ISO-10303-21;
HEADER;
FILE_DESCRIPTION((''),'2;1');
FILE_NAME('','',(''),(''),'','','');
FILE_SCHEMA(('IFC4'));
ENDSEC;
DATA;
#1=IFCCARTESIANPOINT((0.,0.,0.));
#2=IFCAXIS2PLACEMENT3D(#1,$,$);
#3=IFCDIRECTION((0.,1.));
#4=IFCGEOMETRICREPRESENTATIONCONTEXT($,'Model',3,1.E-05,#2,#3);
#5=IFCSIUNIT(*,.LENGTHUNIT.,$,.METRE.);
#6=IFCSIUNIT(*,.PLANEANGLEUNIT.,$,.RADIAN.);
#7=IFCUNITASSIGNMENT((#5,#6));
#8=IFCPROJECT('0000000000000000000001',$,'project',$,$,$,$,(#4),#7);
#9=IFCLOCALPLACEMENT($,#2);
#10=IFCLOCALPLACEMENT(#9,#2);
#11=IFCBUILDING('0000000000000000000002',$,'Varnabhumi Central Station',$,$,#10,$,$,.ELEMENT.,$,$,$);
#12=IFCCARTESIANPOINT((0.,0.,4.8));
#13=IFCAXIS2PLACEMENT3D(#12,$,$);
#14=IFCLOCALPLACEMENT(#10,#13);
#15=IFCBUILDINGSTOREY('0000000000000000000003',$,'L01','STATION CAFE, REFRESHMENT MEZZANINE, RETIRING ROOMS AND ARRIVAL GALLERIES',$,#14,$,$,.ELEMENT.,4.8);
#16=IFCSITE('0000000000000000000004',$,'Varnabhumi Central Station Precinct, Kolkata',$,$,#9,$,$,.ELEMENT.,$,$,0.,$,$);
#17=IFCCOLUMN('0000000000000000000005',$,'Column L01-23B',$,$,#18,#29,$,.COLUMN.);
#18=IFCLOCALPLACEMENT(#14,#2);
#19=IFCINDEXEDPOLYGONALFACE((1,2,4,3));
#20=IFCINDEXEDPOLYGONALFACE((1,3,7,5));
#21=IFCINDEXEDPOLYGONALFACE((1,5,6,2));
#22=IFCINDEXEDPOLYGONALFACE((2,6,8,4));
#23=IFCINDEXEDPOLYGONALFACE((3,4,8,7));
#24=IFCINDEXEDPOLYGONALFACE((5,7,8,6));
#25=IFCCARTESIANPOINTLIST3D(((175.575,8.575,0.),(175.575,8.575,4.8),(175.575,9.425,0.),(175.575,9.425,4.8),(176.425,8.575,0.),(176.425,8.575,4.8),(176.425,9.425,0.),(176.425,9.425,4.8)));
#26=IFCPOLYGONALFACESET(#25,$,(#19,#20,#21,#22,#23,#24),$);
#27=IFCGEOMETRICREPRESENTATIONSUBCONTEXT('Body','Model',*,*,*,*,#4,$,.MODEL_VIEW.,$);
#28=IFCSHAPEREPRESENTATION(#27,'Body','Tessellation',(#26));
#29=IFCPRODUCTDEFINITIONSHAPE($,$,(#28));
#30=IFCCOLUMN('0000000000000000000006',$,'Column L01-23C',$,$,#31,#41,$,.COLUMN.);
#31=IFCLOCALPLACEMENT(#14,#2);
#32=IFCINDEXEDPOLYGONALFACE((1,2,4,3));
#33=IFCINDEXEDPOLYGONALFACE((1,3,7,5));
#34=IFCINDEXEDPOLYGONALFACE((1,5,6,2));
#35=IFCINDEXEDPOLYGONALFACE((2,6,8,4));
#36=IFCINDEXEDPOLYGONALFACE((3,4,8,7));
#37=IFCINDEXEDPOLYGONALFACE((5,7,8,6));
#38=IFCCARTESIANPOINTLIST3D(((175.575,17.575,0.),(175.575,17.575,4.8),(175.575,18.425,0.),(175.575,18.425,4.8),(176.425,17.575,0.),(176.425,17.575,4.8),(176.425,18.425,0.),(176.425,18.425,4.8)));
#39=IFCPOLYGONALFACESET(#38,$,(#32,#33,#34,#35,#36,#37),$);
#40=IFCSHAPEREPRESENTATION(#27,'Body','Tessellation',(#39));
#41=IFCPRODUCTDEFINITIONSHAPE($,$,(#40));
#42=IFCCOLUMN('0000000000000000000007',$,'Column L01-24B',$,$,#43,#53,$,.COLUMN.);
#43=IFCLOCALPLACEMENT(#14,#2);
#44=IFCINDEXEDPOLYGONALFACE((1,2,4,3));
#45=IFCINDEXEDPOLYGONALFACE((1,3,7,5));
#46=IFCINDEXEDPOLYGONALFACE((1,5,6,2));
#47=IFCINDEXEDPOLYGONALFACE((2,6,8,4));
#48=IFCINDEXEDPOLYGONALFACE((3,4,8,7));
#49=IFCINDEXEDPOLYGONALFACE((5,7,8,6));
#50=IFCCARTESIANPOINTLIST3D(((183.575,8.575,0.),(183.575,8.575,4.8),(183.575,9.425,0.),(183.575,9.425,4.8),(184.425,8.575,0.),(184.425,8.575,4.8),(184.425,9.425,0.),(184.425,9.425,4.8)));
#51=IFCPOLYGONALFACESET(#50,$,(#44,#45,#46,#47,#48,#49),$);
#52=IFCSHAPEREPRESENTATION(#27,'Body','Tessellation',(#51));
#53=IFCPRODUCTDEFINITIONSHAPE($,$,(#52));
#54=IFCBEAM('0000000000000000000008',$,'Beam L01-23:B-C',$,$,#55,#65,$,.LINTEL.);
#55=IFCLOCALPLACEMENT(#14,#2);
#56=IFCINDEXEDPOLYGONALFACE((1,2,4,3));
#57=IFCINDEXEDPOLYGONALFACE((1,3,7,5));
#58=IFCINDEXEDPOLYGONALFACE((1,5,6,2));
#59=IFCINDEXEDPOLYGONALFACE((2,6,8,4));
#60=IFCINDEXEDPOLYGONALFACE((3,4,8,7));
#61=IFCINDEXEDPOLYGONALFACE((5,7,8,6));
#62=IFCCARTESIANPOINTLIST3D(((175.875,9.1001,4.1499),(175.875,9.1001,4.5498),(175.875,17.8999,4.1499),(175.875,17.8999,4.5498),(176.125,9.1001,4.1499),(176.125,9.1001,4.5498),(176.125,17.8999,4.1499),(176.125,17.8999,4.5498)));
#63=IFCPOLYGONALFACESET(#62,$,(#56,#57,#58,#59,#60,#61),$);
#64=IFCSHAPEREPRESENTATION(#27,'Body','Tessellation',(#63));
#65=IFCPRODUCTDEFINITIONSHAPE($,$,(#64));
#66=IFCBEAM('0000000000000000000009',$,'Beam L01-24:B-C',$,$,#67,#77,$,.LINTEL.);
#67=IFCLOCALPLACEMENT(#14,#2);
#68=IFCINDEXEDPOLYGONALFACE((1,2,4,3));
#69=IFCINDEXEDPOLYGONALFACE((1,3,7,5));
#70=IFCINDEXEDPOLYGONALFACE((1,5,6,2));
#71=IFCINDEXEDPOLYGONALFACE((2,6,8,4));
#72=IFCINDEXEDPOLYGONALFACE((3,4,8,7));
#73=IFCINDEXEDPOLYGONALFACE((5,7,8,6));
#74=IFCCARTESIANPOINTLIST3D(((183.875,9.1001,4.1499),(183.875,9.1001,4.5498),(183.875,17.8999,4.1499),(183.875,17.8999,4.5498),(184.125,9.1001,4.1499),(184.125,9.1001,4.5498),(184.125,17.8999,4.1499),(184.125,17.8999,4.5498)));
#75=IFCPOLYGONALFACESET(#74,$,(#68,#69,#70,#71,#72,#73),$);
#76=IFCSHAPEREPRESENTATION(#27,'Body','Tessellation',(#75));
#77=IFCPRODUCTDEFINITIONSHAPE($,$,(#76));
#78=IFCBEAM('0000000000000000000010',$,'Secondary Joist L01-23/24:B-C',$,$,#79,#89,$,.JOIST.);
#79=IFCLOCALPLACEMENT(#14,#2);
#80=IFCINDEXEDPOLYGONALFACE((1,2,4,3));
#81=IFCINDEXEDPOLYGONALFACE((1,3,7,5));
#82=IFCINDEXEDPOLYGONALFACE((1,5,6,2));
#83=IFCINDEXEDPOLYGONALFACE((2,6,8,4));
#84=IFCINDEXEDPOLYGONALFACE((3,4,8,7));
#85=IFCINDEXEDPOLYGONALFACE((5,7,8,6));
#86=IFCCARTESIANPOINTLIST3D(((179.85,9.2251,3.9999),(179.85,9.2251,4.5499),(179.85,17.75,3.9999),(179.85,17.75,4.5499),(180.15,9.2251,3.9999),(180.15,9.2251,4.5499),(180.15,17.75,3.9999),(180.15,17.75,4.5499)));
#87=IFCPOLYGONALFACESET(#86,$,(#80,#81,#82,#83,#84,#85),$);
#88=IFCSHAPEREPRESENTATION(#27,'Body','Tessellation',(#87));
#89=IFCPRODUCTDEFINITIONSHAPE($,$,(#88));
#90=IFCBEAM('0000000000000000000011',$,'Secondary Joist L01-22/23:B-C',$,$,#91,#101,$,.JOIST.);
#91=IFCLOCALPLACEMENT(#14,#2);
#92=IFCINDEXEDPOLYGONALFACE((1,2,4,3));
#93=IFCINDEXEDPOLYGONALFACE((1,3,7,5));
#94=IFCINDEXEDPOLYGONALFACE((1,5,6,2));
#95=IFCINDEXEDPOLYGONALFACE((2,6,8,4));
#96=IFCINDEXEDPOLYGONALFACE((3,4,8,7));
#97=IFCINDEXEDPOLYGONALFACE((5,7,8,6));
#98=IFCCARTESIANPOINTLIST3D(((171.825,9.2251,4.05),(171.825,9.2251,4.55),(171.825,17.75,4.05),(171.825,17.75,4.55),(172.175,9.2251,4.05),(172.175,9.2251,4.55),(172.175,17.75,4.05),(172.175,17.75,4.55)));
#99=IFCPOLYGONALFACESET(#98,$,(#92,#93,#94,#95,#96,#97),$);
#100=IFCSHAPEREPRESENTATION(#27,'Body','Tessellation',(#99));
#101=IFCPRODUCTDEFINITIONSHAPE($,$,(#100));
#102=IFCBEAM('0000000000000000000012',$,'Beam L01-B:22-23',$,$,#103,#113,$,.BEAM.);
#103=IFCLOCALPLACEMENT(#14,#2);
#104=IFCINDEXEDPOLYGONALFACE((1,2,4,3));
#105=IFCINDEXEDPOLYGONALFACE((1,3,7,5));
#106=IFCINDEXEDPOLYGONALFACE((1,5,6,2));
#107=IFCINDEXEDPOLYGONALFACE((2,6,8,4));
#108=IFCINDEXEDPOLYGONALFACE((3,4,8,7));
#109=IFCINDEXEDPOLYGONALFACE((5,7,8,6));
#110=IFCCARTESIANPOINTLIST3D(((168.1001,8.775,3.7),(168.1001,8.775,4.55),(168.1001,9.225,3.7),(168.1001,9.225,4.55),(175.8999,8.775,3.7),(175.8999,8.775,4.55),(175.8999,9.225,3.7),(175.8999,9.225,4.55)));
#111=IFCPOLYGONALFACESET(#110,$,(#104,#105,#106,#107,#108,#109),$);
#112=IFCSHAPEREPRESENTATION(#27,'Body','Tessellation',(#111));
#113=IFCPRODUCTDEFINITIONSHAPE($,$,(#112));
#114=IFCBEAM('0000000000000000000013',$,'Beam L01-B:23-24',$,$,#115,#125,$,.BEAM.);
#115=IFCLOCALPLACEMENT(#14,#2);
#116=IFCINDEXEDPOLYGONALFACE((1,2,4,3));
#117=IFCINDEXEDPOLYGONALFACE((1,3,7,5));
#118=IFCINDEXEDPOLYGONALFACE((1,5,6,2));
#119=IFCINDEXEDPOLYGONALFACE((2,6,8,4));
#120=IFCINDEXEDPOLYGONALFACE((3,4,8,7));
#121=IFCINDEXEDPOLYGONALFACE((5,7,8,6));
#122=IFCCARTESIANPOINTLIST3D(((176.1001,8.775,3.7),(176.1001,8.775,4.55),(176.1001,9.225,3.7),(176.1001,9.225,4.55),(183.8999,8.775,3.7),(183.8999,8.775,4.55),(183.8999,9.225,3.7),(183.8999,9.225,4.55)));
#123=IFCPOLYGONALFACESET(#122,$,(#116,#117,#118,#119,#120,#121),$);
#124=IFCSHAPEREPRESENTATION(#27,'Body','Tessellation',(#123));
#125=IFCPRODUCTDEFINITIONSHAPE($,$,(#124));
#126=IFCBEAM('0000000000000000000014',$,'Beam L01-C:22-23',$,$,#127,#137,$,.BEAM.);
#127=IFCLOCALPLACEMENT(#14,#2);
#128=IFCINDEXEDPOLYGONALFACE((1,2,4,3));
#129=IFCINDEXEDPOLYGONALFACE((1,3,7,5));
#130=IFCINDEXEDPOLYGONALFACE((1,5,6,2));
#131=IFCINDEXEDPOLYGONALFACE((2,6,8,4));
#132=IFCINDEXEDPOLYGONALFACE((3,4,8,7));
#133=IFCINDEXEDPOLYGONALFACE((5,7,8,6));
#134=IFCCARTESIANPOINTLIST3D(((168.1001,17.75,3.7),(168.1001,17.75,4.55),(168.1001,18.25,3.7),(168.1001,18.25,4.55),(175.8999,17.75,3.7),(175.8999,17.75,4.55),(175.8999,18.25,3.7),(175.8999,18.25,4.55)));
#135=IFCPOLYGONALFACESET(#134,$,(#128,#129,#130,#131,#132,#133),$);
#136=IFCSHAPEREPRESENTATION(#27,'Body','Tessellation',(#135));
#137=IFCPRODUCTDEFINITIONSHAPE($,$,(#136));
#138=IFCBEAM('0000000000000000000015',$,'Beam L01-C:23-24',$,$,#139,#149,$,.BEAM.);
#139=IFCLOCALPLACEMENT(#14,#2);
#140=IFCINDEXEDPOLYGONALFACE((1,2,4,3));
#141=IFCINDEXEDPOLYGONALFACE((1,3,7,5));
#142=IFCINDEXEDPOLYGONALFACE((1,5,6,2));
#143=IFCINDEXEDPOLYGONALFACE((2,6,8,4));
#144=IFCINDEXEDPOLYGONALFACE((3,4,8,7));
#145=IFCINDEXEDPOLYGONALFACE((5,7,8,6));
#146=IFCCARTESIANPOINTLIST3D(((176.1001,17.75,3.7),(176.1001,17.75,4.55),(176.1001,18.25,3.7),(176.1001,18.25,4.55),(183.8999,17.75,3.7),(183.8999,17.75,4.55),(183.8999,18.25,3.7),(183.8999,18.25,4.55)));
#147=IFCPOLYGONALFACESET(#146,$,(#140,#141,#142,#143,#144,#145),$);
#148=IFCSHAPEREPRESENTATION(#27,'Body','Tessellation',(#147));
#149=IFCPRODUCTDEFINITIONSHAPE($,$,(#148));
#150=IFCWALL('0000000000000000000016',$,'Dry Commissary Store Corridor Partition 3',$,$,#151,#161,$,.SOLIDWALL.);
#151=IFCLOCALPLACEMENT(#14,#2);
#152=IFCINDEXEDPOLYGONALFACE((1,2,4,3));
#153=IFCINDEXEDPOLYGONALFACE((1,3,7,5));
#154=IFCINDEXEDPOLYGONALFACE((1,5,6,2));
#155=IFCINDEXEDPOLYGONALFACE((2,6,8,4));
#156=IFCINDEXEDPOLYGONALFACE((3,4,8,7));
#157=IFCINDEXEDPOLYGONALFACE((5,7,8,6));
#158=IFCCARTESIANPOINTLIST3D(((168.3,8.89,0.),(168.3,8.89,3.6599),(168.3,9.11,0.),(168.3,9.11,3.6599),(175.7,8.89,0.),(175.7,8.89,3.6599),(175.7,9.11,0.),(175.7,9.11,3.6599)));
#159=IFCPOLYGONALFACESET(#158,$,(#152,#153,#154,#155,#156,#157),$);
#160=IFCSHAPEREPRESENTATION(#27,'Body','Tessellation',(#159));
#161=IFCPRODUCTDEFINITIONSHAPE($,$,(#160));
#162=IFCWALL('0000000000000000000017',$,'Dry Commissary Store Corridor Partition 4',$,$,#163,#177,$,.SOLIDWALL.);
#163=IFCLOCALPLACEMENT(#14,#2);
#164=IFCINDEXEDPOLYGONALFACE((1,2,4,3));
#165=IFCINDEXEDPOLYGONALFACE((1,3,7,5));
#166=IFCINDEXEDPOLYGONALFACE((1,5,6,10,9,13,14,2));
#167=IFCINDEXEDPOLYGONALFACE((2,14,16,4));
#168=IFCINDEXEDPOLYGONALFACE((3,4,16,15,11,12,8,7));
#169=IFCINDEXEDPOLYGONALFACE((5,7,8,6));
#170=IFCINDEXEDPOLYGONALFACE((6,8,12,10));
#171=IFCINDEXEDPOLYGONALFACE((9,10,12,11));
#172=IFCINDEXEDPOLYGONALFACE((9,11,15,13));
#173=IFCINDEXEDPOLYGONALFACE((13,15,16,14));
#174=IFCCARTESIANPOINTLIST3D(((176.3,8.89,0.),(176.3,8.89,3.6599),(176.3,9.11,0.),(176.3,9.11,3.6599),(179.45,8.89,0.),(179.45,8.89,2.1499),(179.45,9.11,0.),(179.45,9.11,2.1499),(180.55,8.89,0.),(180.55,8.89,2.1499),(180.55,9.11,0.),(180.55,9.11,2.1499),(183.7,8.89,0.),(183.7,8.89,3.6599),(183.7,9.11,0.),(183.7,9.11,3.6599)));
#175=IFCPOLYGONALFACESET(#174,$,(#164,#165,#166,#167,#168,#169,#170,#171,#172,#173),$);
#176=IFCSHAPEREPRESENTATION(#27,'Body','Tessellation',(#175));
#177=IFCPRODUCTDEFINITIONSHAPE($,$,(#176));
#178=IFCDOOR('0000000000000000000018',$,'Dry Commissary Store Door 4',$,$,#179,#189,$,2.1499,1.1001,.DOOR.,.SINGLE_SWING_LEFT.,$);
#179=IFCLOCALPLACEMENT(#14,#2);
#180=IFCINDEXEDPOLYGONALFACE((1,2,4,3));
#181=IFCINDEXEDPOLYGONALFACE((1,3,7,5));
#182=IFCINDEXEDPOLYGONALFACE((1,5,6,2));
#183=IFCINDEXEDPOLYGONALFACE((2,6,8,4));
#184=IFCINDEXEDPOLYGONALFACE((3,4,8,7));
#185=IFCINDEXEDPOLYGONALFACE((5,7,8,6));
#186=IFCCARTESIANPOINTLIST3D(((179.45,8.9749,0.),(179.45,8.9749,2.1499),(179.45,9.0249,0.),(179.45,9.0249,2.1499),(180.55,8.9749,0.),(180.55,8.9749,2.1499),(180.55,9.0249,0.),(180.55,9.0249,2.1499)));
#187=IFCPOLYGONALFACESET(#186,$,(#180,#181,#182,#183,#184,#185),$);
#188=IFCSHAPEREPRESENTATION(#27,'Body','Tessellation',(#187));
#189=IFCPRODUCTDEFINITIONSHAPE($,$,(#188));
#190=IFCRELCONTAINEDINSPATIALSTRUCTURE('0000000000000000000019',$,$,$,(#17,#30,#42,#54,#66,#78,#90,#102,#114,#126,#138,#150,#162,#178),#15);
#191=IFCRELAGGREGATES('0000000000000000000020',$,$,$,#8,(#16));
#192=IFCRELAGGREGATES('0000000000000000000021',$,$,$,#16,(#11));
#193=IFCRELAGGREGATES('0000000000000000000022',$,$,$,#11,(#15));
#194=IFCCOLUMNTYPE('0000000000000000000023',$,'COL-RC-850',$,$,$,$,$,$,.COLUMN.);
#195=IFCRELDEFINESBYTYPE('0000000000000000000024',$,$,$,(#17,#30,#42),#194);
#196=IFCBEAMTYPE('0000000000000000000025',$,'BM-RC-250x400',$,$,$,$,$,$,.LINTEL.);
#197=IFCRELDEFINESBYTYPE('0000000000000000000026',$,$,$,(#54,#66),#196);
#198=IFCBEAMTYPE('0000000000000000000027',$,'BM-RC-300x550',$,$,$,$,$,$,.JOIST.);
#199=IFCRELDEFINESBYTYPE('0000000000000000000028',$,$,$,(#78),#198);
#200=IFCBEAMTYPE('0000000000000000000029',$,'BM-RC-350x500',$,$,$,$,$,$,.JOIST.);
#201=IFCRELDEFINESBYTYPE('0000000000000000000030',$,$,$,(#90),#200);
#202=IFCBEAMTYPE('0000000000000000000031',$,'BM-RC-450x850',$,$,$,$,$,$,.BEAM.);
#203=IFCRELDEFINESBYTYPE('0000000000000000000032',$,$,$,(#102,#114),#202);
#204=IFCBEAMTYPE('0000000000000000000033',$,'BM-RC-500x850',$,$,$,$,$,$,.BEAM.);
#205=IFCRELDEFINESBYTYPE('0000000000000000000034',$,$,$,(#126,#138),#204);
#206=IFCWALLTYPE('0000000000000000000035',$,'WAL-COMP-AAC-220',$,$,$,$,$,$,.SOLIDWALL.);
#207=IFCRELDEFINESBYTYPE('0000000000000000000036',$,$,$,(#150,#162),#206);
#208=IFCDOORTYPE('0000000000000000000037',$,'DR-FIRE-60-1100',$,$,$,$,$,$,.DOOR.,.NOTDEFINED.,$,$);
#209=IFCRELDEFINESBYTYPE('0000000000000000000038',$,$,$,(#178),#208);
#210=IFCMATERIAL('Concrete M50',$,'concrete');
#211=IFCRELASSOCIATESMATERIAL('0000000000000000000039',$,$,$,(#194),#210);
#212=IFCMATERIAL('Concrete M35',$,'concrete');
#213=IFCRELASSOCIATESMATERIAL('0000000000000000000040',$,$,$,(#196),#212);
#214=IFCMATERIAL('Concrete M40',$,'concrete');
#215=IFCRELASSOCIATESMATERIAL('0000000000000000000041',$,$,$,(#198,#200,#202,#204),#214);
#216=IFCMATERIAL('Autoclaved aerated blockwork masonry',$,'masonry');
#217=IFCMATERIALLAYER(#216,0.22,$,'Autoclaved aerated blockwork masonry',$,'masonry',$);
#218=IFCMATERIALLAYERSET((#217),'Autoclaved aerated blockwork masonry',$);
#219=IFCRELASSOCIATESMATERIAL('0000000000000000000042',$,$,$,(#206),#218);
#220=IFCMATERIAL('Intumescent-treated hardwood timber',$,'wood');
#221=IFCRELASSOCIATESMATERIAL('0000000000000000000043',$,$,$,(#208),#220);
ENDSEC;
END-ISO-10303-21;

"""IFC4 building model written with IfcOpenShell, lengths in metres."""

from ifc_helpers import new_model, si_unit, direction, frame, frame_2d, origin, origin_2d, place, context, subcontext, project, spatial, rectangle, extrude, material, layer, layer_set, material_profile, profile_set, type_object, element, fill, save


model = new_model("IFC4")

# Units and contexts
model_context = context("Model", 3, precision=1e-05, world=origin(), true_north=direction((0.0, 1.0)))
body_context = subcontext(model_context, "Body", "Model", "MODEL_VIEW")
ifc_project = project(units=[si_unit("LENGTHUNIT", "METRE"), si_unit("PLANEANGLEUNIT", "RADIAN")], contexts=[model_context])

# Site, building, storey
site_placement = place(None, origin())
site = spatial("IfcSite", under=ifc_project, at=site_placement, Name="Varnabhumi Central Station Precinct, Kolkata", CompositionType="ELEMENT", RefElevation=0.0)
building_placement = place(site_placement, origin())
building = spatial("IfcBuilding", under=site, at=building_placement, Name="Varnabhumi Central Station", CompositionType="ELEMENT")
storey_placement = place(building_placement, frame((0.0, 0.0, 4.8)))
storey = spatial("IfcBuildingStorey", under=building, at=storey_placement, Name="L01", Description="STATION CAFE, REFRESHMENT MEZZANINE, RETIRING ROOMS AND ARRIVAL GALLERIES", CompositionType="ELEMENT", Elevation=4.8)

# Columns
ifc_material_1 = material(Name="Concrete M50", Category="concrete")
ifc_material_profile_1 = material_profile(ifc_material_1, rectangle(XDim=0.8501, YDim=0.8501, at=origin_2d()), Name="Concrete M50", Category="concrete")
ifc_profile_set_1 = profile_set([ifc_material_profile_1], Name="Concrete M50")
column_type = type_object("IfcColumnType", Name="COL-RC-850", PredefinedType="COLUMN", material=ifc_profile_set_1)
for number, where, z_axis, x_axis, name in (
    (1, (176.0, 9.0, 0.0), (0.0, 0.0, 1.0), (1.0, 0.0, 0.0), "Column L01-23B"),
    (2, (176.0, 18.0, 0.0), (0.0, 0.0, 1.0), (1.0, 0.0, 0.0), "Column L01-23C"),
    (3, (184.0, 9.0, 0.0), (0.0, 0.0, 1.0), (1.0, 0.0, 0.0), "Column L01-24B"),
):
    element("IfcColumn", number, at=place(storey_placement, frame(where, z_axis=z_axis, x_axis=x_axis)), inside=storey, type_object=column_type, Name=name, PredefinedType="COLUMN", context=body_context, shape_type="SweptSolid", body=[
        extrude(rectangle(XDim=0.8501, YDim=0.8501, at=origin_2d()), origin(), (0.0, 0.0, 1.0), 4.8),
    ])

# Beams
ifc_material_2 = material(Name="Concrete M35", Category="concrete")
ifc_material_profile_2 = material_profile(ifc_material_2, rectangle(XDim=0.25, YDim=0.3999, at=origin_2d()), Name="Concrete M35", Category="concrete")
ifc_profile_set_2 = profile_set([ifc_material_profile_2], Name="Concrete M35")
beam_type_1 = type_object("IfcBeamType", Name="BM-RC-250x400", PredefinedType="LINTEL", material=ifc_profile_set_2)
for number, where, z_axis, x_axis, name in (
    (4, (176.0, 9.1001, 4.3499), (0.0, 1.0, 0.0), (-1.0, 0.0, 0.0), "Beam L01-23:B-C"),
    (5, (184.0, 9.1001, 4.3499), (0.0, 1.0, 0.0), (-1.0, 0.0, 0.0), "Beam L01-24:B-C"),
):
    element("IfcBeam", number, at=place(storey_placement, frame(where, z_axis=z_axis, x_axis=x_axis)), inside=storey, type_object=beam_type_1, Name=name, PredefinedType="LINTEL", context=body_context, shape_type="SweptSolid", body=[
        extrude(rectangle(XDim=0.25, YDim=0.3999, at=origin_2d()), origin(), (0.0, 0.0, 1.0), 8.7998),
    ])
ifc_material_3 = material(Name="Concrete M40", Category="concrete")
ifc_material_profile_3 = material_profile(ifc_material_3, rectangle(XDim=0.3, YDim=0.55, at=origin_2d()), Name="Concrete M40", Category="concrete")
ifc_profile_set_3 = profile_set([ifc_material_profile_3], Name="Concrete M40")
beam_type_2 = type_object("IfcBeamType", Name="BM-RC-300x550", PredefinedType="JOIST", material=ifc_profile_set_3)
beam_1_placement = place(storey_placement, frame((180.0, 9.2251, 4.2749), z_axis=(0.0, 1.0, 0.0), x_axis=(-1.0, 0.0, 0.0)))
element("IfcBeam", 6, at=beam_1_placement, inside=storey, type_object=beam_type_2, Name="Secondary Joist L01-23/24:B-C", PredefinedType="JOIST", context=body_context, shape_type="SweptSolid", body=[
    extrude(rectangle(XDim=0.3, YDim=0.55, at=origin_2d()), origin(), (0.0, 0.0, 1.0), 8.5249),
])
ifc_material_profile_4 = material_profile(ifc_material_3, rectangle(XDim=0.3501, YDim=0.5, at=origin_2d()), Name="Concrete M40", Category="concrete")
ifc_profile_set_4 = profile_set([ifc_material_profile_4], Name="Concrete M40")
beam_type_3 = type_object("IfcBeamType", Name="BM-RC-350x500", PredefinedType="JOIST", material=ifc_profile_set_4)
beam_2_placement = place(storey_placement, frame((172.0, 9.2251, 4.3), z_axis=(0.0, 1.0, 0.0), x_axis=(-1.0, 0.0, 0.0)))
element("IfcBeam", 7, at=beam_2_placement, inside=storey, type_object=beam_type_3, Name="Secondary Joist L01-22/23:B-C", PredefinedType="JOIST", context=body_context, shape_type="SweptSolid", body=[
    extrude(rectangle(XDim=0.3501, YDim=0.5, at=origin_2d()), origin(), (0.0, 0.0, 1.0), 8.5249),
])
ifc_material_profile_5 = material_profile(ifc_material_3, rectangle(XDim=0.45, YDim=0.8501, at=origin_2d()), Name="Concrete M40", Category="concrete")
ifc_profile_set_5 = profile_set([ifc_material_profile_5], Name="Concrete M40")
beam_type_4 = type_object("IfcBeamType", Name="BM-RC-450x850", PredefinedType="BEAM", material=ifc_profile_set_5)
for number, where, z_axis, x_axis, name in (
    (8, (168.1001, 9.0, 4.125), (1.0, 0.0, 0.0), (0.0, 1.0, 0.0), "Beam L01-B:22-23"),
    (9, (176.1001, 9.0, 4.125), (1.0, 0.0, 0.0), (0.0, 1.0, 0.0), "Beam L01-B:23-24"),
):
    element("IfcBeam", number, at=place(storey_placement, frame(where, z_axis=z_axis, x_axis=x_axis)), inside=storey, type_object=beam_type_4, Name=name, PredefinedType="BEAM", context=body_context, shape_type="SweptSolid", body=[
        extrude(rectangle(XDim=0.45, YDim=0.8501, at=origin_2d()), origin(), (0.0, 0.0, 1.0), 7.7998),
    ])
ifc_material_profile_6 = material_profile(ifc_material_3, rectangle(XDim=0.5, YDim=0.8501, at=origin_2d()), Name="Concrete M40", Category="concrete")
ifc_profile_set_6 = profile_set([ifc_material_profile_6], Name="Concrete M40")
beam_type_5 = type_object("IfcBeamType", Name="BM-RC-500x850", PredefinedType="BEAM", material=ifc_profile_set_6)
for number, where, z_axis, x_axis, name in (
    (10, (168.1001, 18.0, 4.125), (1.0, 0.0, 0.0), (0.0, 1.0, 0.0), "Beam L01-C:22-23"),
    (11, (176.1001, 18.0, 4.125), (1.0, 0.0, 0.0), (0.0, 1.0, 0.0), "Beam L01-C:23-24"),
):
    element("IfcBeam", number, at=place(storey_placement, frame(where, z_axis=z_axis, x_axis=x_axis)), inside=storey, type_object=beam_type_5, Name=name, PredefinedType="BEAM", context=body_context, shape_type="SweptSolid", body=[
        extrude(rectangle(XDim=0.5, YDim=0.8501, at=origin_2d()), origin(), (0.0, 0.0, 1.0), 7.7998),
    ])

# Wall
ifc_material_4 = material(Name="Autoclaved aerated blockwork masonry", Category="masonry")
ifc_layer_1 = layer(ifc_material_4, 0.22, Name="Autoclaved aerated blockwork masonry", Category="masonry")
ifc_layer_set_1 = layer_set([ifc_layer_1], Name="Autoclaved aerated blockwork masonry")
wall_type_1 = type_object("IfcWallType", Name="WAL-COMP-AAC-220", PredefinedType="SOLIDWALL", material=ifc_layer_set_1)
wall_1_placement = place(storey_placement, frame((168.3, 9.0, 0.0), z_axis=(0.0, 0.0, 1.0), x_axis=(1.0, 0.0, 0.0)))
element("IfcWall", 12, at=wall_1_placement, inside=storey, type_object=wall_type_1, Name="Dry Commissary Store Corridor Partition 3", PredefinedType="SOLIDWALL", context=body_context, shape_type="SweptSolid", body=[
    extrude(rectangle(XDim=7.3999, YDim=0.22, at=frame_2d((3.7, 0.0))), origin(), (0.0, 0.0, 1.0), 3.6599),
])

# Wall, opening, door
wall_2_placement = place(storey_placement, frame((176.3, 9.0, 0.0), z_axis=(0.0, 0.0, 1.0), x_axis=(1.0, 0.0, 0.0)))
wall_2 = element("IfcWall", 13, at=wall_2_placement, inside=storey, type_object=wall_type_1, Name="Dry Commissary Store Corridor Partition 4", PredefinedType="SOLIDWALL", context=body_context, shape_type="SweptSolid", body=[
    extrude(rectangle(XDim=7.3999, YDim=0.22, at=frame_2d((3.7, 0.0))), origin(), (0.0, 0.0, 1.0), 3.6599),
])
opening_1_placement = place(wall_2_placement, frame((3.1499, 0.0, 0.0)))
opening_1 = element("IfcOpeningElement", 14, at=opening_1_placement, cuts=wall_2, PredefinedType="OPENING", context=body_context, shape_type="SweptSolid", body=[
    extrude(rectangle(XDim=1.1001, YDim=2.1499, at=frame_2d((0.55, 1.075))), frame((0.0, 0.1199, 0.0), z_axis=(0.0, -1.0, 0.0), x_axis=(1.0, 0.0, 0.0)), (0.0, 0.0, 1.0), 0.24),
])
ifc_material_5 = material(Name="Intumescent-treated hardwood timber", Category="wood")
door_type_1 = type_object("IfcDoorType", Name="DR-FIRE-60-1100", OperationType="NOTDEFINED", PredefinedType="DOOR", material=ifc_material_5)
door_1_placement = place(opening_1_placement, origin())
door_1 = element("IfcDoor", 15, at=door_1_placement, inside=storey, type_object=door_type_1, Name="Dry Commissary Store Door 4", OperationType="SINGLE_SWING_LEFT", OverallHeight=2.1499, OverallWidth=1.1001, PredefinedType="DOOR", context=body_context, shape_type="SweptSolid", body=[
    extrude(rectangle(XDim=1.1001, YDim=2.1499, at=frame_2d((0.55, 1.075))), frame((0.0, 0.0249, 0.0), z_axis=(0.0, -1.0, 0.0), x_axis=(1.0, 0.0, 0.0)), (0.0, 0.0, 1.0), 0.05),
])
fill(opening_1, door_1)

save(model, "model.ifc")
